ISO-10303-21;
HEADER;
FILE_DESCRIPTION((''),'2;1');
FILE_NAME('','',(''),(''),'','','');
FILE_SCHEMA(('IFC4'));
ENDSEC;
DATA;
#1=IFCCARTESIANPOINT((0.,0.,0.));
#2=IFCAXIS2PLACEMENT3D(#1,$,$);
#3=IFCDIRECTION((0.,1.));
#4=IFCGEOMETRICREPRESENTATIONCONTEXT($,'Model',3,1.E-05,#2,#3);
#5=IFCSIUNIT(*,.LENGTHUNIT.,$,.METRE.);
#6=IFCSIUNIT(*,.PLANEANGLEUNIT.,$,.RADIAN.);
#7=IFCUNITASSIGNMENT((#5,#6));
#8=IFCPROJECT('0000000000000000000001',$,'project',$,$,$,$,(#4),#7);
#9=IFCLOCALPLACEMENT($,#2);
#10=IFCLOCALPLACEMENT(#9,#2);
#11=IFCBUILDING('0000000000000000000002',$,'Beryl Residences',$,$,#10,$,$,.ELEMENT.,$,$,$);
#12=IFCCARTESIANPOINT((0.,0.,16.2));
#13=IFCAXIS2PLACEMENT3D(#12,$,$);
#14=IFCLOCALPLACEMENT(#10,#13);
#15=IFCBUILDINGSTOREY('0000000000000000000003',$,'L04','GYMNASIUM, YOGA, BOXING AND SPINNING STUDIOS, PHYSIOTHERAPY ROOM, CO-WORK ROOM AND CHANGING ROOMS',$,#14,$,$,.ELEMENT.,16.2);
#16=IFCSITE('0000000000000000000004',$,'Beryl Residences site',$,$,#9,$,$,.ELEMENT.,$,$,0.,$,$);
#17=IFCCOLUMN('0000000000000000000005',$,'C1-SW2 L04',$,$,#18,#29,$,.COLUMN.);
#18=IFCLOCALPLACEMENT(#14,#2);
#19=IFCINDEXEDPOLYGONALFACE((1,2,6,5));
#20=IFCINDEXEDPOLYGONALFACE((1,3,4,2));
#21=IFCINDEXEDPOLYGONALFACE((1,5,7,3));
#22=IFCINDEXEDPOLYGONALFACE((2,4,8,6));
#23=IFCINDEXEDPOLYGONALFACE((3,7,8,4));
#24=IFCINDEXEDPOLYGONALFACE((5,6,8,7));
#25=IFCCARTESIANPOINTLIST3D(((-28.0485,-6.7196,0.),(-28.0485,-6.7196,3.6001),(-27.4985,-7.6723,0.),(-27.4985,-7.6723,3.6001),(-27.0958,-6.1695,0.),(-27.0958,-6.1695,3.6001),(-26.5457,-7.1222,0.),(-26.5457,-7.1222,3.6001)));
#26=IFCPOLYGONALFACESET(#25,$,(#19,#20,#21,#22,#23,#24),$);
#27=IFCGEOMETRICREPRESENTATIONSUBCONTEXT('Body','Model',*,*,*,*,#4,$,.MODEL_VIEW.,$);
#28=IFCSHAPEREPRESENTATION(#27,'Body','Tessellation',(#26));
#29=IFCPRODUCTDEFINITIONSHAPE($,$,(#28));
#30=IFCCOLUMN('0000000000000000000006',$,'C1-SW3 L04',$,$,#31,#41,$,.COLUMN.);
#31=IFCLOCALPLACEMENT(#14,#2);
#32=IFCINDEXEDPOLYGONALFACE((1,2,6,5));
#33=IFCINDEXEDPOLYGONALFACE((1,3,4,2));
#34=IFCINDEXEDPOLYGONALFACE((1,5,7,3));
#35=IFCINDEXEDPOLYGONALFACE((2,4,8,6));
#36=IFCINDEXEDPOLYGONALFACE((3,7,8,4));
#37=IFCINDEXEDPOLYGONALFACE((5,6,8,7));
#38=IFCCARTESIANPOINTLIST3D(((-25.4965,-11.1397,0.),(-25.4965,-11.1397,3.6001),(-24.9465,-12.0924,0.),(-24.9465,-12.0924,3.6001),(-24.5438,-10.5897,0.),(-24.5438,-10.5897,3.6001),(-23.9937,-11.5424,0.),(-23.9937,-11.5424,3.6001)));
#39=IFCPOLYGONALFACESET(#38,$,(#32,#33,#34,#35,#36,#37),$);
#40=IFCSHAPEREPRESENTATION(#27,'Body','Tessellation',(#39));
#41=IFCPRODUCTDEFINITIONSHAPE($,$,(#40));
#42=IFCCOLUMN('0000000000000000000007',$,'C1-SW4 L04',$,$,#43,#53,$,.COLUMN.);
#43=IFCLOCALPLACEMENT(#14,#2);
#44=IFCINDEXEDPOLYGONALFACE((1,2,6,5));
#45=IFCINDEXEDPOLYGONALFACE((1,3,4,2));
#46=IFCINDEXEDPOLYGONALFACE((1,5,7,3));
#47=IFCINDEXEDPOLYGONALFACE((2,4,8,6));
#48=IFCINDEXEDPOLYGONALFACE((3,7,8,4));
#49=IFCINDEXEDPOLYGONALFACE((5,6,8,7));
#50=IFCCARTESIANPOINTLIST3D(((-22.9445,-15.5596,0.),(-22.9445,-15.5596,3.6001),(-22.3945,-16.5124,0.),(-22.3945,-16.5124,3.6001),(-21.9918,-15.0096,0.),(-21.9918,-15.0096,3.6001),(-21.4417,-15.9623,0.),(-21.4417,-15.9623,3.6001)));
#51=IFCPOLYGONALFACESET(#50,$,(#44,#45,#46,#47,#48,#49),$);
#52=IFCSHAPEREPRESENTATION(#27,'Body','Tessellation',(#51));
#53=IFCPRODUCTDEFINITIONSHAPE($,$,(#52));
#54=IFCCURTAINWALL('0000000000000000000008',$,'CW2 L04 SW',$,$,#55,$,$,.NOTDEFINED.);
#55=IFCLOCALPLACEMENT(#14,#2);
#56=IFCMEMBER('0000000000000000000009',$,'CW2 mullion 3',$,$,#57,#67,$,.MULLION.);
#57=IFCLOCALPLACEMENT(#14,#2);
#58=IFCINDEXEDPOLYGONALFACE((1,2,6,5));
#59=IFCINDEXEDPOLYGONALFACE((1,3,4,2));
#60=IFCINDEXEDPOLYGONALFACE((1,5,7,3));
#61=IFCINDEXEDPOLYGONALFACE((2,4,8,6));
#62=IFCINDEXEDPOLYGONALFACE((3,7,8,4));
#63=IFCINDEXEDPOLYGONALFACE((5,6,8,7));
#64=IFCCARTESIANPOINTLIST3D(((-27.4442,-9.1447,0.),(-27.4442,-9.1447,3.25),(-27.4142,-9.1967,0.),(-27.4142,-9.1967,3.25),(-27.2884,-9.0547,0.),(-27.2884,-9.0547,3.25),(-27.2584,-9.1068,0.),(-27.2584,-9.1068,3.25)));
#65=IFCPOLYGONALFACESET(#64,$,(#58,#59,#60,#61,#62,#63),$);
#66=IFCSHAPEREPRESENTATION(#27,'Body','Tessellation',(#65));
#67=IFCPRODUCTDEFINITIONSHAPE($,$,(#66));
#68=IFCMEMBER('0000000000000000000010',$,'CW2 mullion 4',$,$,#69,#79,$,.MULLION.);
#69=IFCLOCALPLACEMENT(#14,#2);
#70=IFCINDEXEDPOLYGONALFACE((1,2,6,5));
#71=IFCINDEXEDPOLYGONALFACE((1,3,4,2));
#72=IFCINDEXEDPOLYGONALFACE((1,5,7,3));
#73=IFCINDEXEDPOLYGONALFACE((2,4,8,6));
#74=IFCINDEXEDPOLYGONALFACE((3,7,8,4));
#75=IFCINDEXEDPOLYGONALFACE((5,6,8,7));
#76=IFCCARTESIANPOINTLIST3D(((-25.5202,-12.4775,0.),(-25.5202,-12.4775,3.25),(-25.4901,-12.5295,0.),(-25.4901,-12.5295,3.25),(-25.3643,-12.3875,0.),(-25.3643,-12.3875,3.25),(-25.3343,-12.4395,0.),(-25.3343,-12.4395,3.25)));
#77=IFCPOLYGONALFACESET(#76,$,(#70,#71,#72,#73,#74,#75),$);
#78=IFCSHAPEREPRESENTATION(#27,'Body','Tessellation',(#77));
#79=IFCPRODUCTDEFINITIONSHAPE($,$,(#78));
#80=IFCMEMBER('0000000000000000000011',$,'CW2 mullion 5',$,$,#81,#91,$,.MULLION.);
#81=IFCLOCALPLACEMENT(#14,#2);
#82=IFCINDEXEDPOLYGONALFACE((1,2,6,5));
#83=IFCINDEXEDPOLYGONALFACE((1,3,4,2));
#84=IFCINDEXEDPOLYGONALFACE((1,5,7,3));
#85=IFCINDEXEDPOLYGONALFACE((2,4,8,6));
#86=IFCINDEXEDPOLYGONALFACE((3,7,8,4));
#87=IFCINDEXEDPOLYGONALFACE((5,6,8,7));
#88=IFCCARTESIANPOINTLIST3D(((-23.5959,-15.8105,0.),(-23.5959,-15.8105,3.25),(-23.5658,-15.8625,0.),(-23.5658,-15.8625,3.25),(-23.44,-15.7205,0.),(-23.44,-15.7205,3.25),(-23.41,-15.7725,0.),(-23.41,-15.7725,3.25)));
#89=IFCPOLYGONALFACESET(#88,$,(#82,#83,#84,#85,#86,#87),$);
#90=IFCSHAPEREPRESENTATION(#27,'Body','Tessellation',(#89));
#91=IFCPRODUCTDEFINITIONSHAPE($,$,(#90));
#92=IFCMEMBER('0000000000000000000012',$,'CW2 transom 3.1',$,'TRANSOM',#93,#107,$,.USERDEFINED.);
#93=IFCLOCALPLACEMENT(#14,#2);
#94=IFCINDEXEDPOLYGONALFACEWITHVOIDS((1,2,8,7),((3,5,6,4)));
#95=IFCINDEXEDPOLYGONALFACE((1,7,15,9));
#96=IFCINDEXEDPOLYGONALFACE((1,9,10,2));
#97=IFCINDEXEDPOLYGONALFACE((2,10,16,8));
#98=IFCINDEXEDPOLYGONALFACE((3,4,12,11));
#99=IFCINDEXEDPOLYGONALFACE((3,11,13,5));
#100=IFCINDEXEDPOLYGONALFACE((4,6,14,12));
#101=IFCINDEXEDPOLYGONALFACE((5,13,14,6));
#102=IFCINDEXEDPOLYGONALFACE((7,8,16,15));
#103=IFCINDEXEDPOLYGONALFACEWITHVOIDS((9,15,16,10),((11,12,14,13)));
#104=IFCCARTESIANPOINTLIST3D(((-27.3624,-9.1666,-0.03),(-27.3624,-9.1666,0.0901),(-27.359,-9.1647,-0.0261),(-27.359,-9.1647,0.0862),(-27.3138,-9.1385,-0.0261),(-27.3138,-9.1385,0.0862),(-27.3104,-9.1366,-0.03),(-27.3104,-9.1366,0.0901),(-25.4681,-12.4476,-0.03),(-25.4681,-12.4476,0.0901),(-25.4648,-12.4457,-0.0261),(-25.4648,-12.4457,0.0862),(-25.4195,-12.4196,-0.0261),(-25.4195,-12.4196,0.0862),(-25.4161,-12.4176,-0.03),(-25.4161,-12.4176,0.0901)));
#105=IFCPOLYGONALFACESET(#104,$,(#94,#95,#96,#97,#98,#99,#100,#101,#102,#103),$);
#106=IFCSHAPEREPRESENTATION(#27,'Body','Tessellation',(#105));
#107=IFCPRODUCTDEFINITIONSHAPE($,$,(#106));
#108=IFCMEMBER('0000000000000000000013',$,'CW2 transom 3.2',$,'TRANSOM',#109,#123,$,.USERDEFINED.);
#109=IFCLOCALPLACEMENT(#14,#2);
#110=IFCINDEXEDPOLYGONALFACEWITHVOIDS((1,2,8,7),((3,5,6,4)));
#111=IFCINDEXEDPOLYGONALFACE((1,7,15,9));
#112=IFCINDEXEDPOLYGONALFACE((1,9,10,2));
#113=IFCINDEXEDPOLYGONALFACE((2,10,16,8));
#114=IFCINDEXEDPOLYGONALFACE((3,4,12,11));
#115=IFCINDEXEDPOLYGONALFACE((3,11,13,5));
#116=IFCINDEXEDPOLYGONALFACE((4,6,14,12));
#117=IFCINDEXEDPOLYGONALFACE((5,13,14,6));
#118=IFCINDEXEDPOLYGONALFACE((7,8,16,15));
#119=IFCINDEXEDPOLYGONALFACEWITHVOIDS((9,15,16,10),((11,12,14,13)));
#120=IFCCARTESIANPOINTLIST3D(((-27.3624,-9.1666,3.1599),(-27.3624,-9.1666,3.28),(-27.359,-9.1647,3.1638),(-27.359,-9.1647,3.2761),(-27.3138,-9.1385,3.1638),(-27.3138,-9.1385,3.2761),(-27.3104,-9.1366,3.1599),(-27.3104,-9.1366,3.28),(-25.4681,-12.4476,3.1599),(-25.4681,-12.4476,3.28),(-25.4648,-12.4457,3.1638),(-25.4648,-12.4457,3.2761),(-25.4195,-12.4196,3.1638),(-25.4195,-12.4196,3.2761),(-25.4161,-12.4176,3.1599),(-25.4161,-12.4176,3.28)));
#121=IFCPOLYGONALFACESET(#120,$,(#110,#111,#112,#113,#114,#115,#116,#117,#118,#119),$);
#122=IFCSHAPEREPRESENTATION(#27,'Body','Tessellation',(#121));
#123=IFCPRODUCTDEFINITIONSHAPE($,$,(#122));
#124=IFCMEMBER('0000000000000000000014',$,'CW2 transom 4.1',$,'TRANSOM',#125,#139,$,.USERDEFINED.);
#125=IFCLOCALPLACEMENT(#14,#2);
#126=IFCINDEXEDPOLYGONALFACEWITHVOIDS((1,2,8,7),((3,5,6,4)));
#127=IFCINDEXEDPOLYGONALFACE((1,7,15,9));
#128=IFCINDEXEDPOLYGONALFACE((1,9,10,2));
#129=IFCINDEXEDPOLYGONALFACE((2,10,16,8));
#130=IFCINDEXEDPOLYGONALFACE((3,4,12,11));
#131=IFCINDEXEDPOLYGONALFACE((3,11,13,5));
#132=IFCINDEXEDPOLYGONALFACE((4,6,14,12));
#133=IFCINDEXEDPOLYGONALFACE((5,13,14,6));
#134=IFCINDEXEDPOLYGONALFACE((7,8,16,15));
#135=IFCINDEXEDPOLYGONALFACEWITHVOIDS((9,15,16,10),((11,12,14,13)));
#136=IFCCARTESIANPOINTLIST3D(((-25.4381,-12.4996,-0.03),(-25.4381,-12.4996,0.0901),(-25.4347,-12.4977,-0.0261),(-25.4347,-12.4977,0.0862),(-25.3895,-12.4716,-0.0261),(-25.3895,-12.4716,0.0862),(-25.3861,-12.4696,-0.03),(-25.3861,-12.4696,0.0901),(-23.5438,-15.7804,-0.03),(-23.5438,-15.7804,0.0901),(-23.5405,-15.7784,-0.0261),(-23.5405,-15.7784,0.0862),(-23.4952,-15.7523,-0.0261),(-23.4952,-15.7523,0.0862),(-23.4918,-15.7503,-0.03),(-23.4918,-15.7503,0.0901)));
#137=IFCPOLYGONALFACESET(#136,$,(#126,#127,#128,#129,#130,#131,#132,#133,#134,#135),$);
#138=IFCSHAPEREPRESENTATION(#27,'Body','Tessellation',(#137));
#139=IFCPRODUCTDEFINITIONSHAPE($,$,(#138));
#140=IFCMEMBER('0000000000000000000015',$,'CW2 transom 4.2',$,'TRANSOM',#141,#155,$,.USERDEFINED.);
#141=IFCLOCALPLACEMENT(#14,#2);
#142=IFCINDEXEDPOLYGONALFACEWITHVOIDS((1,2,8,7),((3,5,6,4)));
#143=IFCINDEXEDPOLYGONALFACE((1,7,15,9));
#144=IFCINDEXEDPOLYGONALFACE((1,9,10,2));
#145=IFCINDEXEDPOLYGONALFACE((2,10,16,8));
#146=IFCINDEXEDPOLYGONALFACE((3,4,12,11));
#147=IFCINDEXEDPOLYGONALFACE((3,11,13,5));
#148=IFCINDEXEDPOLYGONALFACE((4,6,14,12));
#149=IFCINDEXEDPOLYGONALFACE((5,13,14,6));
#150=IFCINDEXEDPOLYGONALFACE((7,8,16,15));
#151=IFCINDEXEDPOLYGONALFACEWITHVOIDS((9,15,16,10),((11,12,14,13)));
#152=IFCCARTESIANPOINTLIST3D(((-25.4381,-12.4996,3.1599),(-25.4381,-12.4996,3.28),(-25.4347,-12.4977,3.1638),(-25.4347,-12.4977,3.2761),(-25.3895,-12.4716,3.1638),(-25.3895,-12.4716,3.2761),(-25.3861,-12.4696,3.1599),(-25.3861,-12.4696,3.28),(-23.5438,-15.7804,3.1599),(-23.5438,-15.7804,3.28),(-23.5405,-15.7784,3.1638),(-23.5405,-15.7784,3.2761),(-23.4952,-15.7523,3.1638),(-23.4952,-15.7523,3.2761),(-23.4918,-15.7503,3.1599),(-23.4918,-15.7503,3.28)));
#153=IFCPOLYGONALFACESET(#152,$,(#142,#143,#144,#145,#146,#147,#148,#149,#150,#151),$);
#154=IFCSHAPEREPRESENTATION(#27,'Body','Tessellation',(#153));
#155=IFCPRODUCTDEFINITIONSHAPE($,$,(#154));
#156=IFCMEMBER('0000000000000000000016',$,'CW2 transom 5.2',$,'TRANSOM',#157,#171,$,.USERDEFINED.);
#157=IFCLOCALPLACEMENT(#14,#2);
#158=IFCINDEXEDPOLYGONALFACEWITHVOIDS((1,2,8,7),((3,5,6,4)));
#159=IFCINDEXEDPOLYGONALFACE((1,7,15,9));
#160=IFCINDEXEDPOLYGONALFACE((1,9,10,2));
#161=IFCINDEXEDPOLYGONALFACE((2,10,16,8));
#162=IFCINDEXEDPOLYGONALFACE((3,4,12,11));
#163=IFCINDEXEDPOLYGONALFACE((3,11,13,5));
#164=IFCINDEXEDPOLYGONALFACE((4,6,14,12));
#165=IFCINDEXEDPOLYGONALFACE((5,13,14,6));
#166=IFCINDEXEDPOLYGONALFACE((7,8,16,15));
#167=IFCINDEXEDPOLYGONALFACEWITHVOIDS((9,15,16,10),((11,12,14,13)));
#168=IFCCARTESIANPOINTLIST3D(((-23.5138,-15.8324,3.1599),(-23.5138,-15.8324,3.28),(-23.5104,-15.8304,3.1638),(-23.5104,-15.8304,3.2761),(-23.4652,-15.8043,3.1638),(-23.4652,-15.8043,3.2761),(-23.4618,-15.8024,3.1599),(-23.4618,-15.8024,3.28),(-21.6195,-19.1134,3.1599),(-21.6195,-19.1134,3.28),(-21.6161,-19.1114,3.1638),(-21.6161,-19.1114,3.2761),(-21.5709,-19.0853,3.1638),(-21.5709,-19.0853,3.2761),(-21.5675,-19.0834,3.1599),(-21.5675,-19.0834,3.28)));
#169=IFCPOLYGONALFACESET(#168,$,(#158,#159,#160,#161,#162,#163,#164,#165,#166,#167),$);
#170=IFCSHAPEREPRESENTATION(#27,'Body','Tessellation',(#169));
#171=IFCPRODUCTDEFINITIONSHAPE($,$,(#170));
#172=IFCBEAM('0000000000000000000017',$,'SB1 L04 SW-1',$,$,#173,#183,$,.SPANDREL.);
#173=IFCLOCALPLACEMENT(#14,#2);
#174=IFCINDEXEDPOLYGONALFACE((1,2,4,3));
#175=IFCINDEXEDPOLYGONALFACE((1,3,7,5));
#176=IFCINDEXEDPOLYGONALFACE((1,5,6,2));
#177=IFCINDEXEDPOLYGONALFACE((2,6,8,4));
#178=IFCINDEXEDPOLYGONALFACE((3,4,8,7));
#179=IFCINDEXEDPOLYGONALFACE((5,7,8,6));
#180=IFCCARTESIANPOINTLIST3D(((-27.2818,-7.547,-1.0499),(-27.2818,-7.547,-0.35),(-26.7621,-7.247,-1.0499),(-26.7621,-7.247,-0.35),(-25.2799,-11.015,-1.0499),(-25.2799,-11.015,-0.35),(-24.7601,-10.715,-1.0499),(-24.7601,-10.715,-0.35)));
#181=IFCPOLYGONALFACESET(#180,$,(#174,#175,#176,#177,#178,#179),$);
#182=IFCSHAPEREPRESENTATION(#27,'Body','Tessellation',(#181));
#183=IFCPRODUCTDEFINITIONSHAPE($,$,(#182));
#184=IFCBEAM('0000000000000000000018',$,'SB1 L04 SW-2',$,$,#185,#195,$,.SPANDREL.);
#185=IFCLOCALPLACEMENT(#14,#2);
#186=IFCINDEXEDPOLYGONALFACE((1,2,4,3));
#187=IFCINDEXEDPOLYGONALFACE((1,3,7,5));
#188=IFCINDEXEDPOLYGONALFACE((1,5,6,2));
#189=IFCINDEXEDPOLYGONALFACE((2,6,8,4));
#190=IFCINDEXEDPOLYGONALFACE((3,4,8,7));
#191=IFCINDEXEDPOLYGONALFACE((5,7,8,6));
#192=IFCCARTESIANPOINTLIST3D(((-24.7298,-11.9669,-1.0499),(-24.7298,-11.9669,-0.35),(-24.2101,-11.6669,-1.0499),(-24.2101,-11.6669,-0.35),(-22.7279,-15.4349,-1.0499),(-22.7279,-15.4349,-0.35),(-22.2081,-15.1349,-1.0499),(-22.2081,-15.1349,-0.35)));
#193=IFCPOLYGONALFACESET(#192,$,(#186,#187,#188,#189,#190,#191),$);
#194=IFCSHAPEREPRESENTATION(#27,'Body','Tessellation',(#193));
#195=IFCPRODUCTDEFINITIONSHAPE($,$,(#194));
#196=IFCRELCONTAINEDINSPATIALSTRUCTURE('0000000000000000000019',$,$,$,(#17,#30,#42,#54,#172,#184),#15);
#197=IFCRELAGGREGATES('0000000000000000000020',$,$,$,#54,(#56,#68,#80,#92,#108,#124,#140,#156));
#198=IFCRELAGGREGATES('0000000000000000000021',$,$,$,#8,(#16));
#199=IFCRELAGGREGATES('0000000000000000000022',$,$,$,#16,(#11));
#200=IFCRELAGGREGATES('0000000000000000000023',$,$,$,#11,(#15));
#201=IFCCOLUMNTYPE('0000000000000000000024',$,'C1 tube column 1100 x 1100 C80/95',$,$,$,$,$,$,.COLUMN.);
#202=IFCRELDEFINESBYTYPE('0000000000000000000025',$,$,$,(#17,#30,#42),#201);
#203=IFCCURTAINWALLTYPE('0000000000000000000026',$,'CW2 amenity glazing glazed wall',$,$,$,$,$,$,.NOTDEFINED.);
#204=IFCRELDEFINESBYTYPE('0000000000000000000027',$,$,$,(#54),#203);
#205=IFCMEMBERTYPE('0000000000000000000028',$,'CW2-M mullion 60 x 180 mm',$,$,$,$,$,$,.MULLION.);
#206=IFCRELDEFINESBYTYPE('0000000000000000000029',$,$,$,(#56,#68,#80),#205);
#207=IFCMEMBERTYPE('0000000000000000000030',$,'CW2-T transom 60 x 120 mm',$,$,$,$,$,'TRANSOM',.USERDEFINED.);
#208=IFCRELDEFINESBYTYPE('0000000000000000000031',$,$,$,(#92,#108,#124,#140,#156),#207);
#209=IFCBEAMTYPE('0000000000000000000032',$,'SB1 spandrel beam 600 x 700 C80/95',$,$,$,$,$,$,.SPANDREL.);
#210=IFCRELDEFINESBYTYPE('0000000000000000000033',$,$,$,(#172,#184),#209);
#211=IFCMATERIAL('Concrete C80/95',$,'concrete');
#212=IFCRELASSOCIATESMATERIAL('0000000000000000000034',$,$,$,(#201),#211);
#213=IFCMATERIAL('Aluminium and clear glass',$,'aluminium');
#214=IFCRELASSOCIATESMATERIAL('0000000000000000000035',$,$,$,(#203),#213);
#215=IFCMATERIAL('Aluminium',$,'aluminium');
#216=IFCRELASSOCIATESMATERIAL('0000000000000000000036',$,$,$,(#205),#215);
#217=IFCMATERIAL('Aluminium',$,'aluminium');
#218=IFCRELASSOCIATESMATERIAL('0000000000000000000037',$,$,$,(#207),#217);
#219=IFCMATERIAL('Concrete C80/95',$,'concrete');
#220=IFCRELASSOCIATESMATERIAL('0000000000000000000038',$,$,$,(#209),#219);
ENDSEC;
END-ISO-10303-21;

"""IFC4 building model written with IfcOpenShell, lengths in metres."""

from ifc_helpers import new_model, si_unit, direction, frame, origin, origin_2d, place, context, subcontext, project, spatial, rectangle, hollow_rectangle, extrude, material, material_profile, profile_set, type_object, element, aggregate, save


model = new_model("IFC4")

# Units and contexts
model_context = context("Model", 3, precision=1e-05, world=origin(), true_north=direction((0.0, 1.0)))
body_context = subcontext(model_context, "Body", "Model", "MODEL_VIEW")
ifc_project = project(units=[si_unit("LENGTHUNIT", "METRE"), si_unit("PLANEANGLEUNIT", "RADIAN")], contexts=[model_context])

# Site, building, storey
site_placement = place(None, origin())
site = spatial("IfcSite", under=ifc_project, at=site_placement, Name="Beryl Residences site", CompositionType="ELEMENT", RefElevation=0.0)
building_placement = place(site_placement, origin())
building = spatial("IfcBuilding", under=site, at=building_placement, Name="Beryl Residences", CompositionType="ELEMENT")
storey_placement = place(building_placement, frame((0.0, 0.0, 16.2)))
storey = spatial("IfcBuildingStorey", under=building, at=storey_placement, Name="L04", Description="GYMNASIUM, YOGA, BOXING AND SPINNING STUDIOS, PHYSIOTHERAPY ROOM, CO-WORK ROOM AND CHANGING ROOMS", CompositionType="ELEMENT", Elevation=16.2)

# Columns
ifc_material_1 = material(Name="Concrete C80/95", Category="concrete")
ifc_material_profile_1 = material_profile(ifc_material_1, rectangle(XDim=1.1001, YDim=1.1001, at=origin_2d()))
ifc_profile_set_1 = profile_set([ifc_material_profile_1], Name="Concrete C80/95")
column_type = type_object("IfcColumnType", Name="C1 tube column 1100 x 1100 C80/95", PredefinedType="COLUMN", material=ifc_profile_set_1)
for number, where, z_axis, x_axis, name in (
    (1, (-27.2971, -6.9209, 0.0), (0.0, 0.0, 1.0), (0.499985, -0.866034, 0.0), "C1-SW2 L04"),
    (2, (-24.7451, -11.3411, 0.0), (0.0, 0.0, 1.0), (0.499985, -0.866034, 0.0), "C1-SW3 L04"),
    (3, (-22.1931, -15.761, 0.0), (0.0, 0.0, 1.0), (0.499985, -0.866034, 0.0), "C1-SW4 L04"),
):
    element("IfcColumn", number, at=place(storey_placement, frame(where, z_axis=z_axis, x_axis=x_axis)), inside=storey, type_object=column_type, Name=name, PredefinedType="COLUMN", context=body_context, shape_type="SweptSolid", body=[
        extrude(rectangle(XDim=1.1001, YDim=1.1001, at=origin_2d()), origin(), (0.0, 0.0, 1.0), 3.6001),
    ])

# Curtain wall, members
ifc_material_2 = material(Name="Aluminium and clear glass", Category="aluminium")
curtain_wall_type = type_object("IfcCurtainWallType", Name="CW2 amenity glazing glazed wall", PredefinedType="NOTDEFINED", material=ifc_material_2)
curtain_wall_placement = place(storey_placement, origin())
curtain_wall = element("IfcCurtainWall", 4, at=curtain_wall_placement, inside=storey, type_object=curtain_wall_type, Name="CW2 L04 SW", PredefinedType="NOTDEFINED")
ifc_material_3 = material(Name="Aluminium", Category="aluminium")
ifc_material_profile_2 = material_profile(ifc_material_3, rectangle(XDim=0.0601, YDim=0.1799, at=origin_2d()))
ifc_profile_set_2 = profile_set([ifc_material_profile_2], Name="Aluminium")
member_type_1 = type_object("IfcMemberType", Name="CW2-M mullion 60 x 180 mm", PredefinedType="MULLION", material=ifc_profile_set_2)
member_1_placement = place(storey_placement, frame((-27.3513, -9.1257, 0.0), z_axis=(0.0, 0.0, 1.0), x_axis=(0.500012, -0.866019, 0.0)))
member_1 = element("IfcMember", 5, at=member_1_placement, type_object=member_type_1, Name="CW2 mullion 3", PredefinedType="MULLION", context=body_context, shape_type="SweptSolid", body=[
    extrude(rectangle(XDim=0.0601, YDim=0.1799, at=origin_2d()), origin(), (0.0, 0.0, 1.0), 3.25),
])
member_2_placement = place(storey_placement, frame((-25.4272, -12.4585, 0.0), z_axis=(0.0, 0.0, 1.0), x_axis=(0.500012, -0.866019, 0.0)))
member_2 = element("IfcMember", 6, at=member_2_placement, type_object=member_type_1, Name="CW2 mullion 4", PredefinedType="MULLION", context=body_context, shape_type="SweptSolid", body=[
    extrude(rectangle(XDim=0.0601, YDim=0.1799, at=origin_2d()), origin(), (0.0, 0.0, 1.0), 3.25),
])
member_3_placement = place(storey_placement, frame((-23.5029, -15.7915, 0.0), z_axis=(0.0, 0.0, 1.0), x_axis=(0.500012, -0.866019, 0.0)))
member_3 = element("IfcMember", 7, at=member_3_placement, type_object=member_type_1, Name="CW2 mullion 5", PredefinedType="MULLION", context=body_context, shape_type="SweptSolid", body=[
    extrude(rectangle(XDim=0.0601, YDim=0.1799, at=origin_2d()), origin(), (0.0, 0.0, 1.0), 3.25),
])
ifc_material_4 = material(Name="Aluminium", Category="aluminium")
ifc_material_profile_3 = material_profile(ifc_material_4, hollow_rectangle(XDim=0.0601, YDim=0.1201, WallThickness=0.0039, at=origin_2d()))
ifc_profile_set_3 = profile_set([ifc_material_profile_3], Name="Aluminium")
member_type_2 = type_object("IfcMemberType", Name="CW2-T transom 60 x 120 mm", ElementType="TRANSOM", PredefinedType="USERDEFINED", material=ifc_profile_set_3)
member_4_placement = place(storey_placement, frame((-27.3364, -9.1516, 0.03), z_axis=(0.5, -0.866026, 0.0), x_axis=(0.866026, 0.5, 0.0)))
member_4 = element("IfcMember", 8, at=member_4_placement, type_object=member_type_2, Name="CW2 transom 3.1", ObjectType="TRANSOM", PredefinedType="USERDEFINED", context=body_context, shape_type="SweptSolid", body=[
    extrude(hollow_rectangle(XDim=0.0601, YDim=0.1201, WallThickness=0.0039, at=origin_2d()), origin(), (0.0, 0.0, 1.0), 3.7886),
])
member_5_placement = place(storey_placement, frame((-27.3364, -9.1516, 3.22), z_axis=(0.5, -0.866026, 0.0), x_axis=(0.866026, 0.5, 0.0)))
member_5 = element("IfcMember", 9, at=member_5_placement, type_object=member_type_2, Name="CW2 transom 3.2", ObjectType="TRANSOM", PredefinedType="USERDEFINED", context=body_context, shape_type="SweptSolid", body=[
    extrude(hollow_rectangle(XDim=0.0601, YDim=0.1201, WallThickness=0.0039, at=origin_2d()), origin(), (0.0, 0.0, 1.0), 3.7886),
])
member_6_placement = place(storey_placement, frame((-25.4121, -12.4846, 0.03), z_axis=(0.500027, -0.86601, 0.0), x_axis=(0.86601, 0.500027, 0.0)))
member_6 = element("IfcMember", 10, at=member_6_placement, type_object=member_type_2, Name="CW2 transom 4.1", ObjectType="TRANSOM", PredefinedType="USERDEFINED", context=body_context, shape_type="SweptSolid", body=[
    extrude(hollow_rectangle(XDim=0.0601, YDim=0.1201, WallThickness=0.0039, at=origin_2d()), origin(), (0.0, 0.0, 1.0), 3.7883),
])
member_7_placement = place(storey_placement, frame((-25.4121, -12.4846, 3.22), z_axis=(0.500027, -0.86601, 0.0), x_axis=(0.86601, 0.500027, 0.0)))
member_7 = element("IfcMember", 11, at=member_7_placement, type_object=member_type_2, Name="CW2 transom 4.2", ObjectType="TRANSOM", PredefinedType="USERDEFINED", context=body_context, shape_type="SweptSolid", body=[
    extrude(hollow_rectangle(XDim=0.0601, YDim=0.1201, WallThickness=0.0039, at=origin_2d()), origin(), (0.0, 0.0, 1.0), 3.7883),
])
member_8_placement = place(storey_placement, frame((-23.4878, -15.8174, 3.22), z_axis=(0.5, -0.866026, 0.0), x_axis=(0.866026, 0.5, 0.0)))
member_8 = element("IfcMember", 12, at=member_8_placement, type_object=member_type_2, Name="CW2 transom 5.2", ObjectType="TRANSOM", PredefinedType="USERDEFINED", context=body_context, shape_type="SweptSolid", body=[
    extrude(hollow_rectangle(XDim=0.0601, YDim=0.1201, WallThickness=0.0039, at=origin_2d()), origin(), (0.0, 0.0, 1.0), 3.7886),
])

# Beams
ifc_material_5 = material(Name="Concrete C80/95", Category="concrete")
ifc_material_profile_4 = material_profile(ifc_material_5, rectangle(XDim=0.6001, YDim=0.7, at=origin_2d()))
ifc_profile_set_4 = profile_set([ifc_material_profile_4], Name="Concrete C80/95")
beam_type = type_object("IfcBeamType", Name="SB1 spandrel beam 600 x 700 C80/95", PredefinedType="SPANDREL", material=ifc_profile_set_4)
for number, where, z_axis, x_axis, name in (
    (13, (-27.022, -7.397, -0.7), (0.499942, -0.866059, 0.0), (0.866059, 0.499942, 0.0), "SB1 L04 SW-1"),
    (14, (-24.47, -11.8169, -0.7), (0.499942, -0.866059, 0.0), (0.866059, 0.499942, 0.0), "SB1 L04 SW-2"),
):
    element("IfcBeam", number, at=place(storey_placement, frame(where, z_axis=z_axis, x_axis=x_axis)), inside=storey, type_object=beam_type, Name=name, PredefinedType="SPANDREL", context=body_context, shape_type="SweptSolid", body=[
        extrude(rectangle(XDim=0.6001, YDim=0.7, at=origin_2d()), origin(), (0.0, 0.0, 1.0), 4.0044),
    ])

aggregate(curtain_wall, [member_1, member_2, member_3, member_4, member_5, member_6, member_7, member_8])

save(model, "model.ifc")
